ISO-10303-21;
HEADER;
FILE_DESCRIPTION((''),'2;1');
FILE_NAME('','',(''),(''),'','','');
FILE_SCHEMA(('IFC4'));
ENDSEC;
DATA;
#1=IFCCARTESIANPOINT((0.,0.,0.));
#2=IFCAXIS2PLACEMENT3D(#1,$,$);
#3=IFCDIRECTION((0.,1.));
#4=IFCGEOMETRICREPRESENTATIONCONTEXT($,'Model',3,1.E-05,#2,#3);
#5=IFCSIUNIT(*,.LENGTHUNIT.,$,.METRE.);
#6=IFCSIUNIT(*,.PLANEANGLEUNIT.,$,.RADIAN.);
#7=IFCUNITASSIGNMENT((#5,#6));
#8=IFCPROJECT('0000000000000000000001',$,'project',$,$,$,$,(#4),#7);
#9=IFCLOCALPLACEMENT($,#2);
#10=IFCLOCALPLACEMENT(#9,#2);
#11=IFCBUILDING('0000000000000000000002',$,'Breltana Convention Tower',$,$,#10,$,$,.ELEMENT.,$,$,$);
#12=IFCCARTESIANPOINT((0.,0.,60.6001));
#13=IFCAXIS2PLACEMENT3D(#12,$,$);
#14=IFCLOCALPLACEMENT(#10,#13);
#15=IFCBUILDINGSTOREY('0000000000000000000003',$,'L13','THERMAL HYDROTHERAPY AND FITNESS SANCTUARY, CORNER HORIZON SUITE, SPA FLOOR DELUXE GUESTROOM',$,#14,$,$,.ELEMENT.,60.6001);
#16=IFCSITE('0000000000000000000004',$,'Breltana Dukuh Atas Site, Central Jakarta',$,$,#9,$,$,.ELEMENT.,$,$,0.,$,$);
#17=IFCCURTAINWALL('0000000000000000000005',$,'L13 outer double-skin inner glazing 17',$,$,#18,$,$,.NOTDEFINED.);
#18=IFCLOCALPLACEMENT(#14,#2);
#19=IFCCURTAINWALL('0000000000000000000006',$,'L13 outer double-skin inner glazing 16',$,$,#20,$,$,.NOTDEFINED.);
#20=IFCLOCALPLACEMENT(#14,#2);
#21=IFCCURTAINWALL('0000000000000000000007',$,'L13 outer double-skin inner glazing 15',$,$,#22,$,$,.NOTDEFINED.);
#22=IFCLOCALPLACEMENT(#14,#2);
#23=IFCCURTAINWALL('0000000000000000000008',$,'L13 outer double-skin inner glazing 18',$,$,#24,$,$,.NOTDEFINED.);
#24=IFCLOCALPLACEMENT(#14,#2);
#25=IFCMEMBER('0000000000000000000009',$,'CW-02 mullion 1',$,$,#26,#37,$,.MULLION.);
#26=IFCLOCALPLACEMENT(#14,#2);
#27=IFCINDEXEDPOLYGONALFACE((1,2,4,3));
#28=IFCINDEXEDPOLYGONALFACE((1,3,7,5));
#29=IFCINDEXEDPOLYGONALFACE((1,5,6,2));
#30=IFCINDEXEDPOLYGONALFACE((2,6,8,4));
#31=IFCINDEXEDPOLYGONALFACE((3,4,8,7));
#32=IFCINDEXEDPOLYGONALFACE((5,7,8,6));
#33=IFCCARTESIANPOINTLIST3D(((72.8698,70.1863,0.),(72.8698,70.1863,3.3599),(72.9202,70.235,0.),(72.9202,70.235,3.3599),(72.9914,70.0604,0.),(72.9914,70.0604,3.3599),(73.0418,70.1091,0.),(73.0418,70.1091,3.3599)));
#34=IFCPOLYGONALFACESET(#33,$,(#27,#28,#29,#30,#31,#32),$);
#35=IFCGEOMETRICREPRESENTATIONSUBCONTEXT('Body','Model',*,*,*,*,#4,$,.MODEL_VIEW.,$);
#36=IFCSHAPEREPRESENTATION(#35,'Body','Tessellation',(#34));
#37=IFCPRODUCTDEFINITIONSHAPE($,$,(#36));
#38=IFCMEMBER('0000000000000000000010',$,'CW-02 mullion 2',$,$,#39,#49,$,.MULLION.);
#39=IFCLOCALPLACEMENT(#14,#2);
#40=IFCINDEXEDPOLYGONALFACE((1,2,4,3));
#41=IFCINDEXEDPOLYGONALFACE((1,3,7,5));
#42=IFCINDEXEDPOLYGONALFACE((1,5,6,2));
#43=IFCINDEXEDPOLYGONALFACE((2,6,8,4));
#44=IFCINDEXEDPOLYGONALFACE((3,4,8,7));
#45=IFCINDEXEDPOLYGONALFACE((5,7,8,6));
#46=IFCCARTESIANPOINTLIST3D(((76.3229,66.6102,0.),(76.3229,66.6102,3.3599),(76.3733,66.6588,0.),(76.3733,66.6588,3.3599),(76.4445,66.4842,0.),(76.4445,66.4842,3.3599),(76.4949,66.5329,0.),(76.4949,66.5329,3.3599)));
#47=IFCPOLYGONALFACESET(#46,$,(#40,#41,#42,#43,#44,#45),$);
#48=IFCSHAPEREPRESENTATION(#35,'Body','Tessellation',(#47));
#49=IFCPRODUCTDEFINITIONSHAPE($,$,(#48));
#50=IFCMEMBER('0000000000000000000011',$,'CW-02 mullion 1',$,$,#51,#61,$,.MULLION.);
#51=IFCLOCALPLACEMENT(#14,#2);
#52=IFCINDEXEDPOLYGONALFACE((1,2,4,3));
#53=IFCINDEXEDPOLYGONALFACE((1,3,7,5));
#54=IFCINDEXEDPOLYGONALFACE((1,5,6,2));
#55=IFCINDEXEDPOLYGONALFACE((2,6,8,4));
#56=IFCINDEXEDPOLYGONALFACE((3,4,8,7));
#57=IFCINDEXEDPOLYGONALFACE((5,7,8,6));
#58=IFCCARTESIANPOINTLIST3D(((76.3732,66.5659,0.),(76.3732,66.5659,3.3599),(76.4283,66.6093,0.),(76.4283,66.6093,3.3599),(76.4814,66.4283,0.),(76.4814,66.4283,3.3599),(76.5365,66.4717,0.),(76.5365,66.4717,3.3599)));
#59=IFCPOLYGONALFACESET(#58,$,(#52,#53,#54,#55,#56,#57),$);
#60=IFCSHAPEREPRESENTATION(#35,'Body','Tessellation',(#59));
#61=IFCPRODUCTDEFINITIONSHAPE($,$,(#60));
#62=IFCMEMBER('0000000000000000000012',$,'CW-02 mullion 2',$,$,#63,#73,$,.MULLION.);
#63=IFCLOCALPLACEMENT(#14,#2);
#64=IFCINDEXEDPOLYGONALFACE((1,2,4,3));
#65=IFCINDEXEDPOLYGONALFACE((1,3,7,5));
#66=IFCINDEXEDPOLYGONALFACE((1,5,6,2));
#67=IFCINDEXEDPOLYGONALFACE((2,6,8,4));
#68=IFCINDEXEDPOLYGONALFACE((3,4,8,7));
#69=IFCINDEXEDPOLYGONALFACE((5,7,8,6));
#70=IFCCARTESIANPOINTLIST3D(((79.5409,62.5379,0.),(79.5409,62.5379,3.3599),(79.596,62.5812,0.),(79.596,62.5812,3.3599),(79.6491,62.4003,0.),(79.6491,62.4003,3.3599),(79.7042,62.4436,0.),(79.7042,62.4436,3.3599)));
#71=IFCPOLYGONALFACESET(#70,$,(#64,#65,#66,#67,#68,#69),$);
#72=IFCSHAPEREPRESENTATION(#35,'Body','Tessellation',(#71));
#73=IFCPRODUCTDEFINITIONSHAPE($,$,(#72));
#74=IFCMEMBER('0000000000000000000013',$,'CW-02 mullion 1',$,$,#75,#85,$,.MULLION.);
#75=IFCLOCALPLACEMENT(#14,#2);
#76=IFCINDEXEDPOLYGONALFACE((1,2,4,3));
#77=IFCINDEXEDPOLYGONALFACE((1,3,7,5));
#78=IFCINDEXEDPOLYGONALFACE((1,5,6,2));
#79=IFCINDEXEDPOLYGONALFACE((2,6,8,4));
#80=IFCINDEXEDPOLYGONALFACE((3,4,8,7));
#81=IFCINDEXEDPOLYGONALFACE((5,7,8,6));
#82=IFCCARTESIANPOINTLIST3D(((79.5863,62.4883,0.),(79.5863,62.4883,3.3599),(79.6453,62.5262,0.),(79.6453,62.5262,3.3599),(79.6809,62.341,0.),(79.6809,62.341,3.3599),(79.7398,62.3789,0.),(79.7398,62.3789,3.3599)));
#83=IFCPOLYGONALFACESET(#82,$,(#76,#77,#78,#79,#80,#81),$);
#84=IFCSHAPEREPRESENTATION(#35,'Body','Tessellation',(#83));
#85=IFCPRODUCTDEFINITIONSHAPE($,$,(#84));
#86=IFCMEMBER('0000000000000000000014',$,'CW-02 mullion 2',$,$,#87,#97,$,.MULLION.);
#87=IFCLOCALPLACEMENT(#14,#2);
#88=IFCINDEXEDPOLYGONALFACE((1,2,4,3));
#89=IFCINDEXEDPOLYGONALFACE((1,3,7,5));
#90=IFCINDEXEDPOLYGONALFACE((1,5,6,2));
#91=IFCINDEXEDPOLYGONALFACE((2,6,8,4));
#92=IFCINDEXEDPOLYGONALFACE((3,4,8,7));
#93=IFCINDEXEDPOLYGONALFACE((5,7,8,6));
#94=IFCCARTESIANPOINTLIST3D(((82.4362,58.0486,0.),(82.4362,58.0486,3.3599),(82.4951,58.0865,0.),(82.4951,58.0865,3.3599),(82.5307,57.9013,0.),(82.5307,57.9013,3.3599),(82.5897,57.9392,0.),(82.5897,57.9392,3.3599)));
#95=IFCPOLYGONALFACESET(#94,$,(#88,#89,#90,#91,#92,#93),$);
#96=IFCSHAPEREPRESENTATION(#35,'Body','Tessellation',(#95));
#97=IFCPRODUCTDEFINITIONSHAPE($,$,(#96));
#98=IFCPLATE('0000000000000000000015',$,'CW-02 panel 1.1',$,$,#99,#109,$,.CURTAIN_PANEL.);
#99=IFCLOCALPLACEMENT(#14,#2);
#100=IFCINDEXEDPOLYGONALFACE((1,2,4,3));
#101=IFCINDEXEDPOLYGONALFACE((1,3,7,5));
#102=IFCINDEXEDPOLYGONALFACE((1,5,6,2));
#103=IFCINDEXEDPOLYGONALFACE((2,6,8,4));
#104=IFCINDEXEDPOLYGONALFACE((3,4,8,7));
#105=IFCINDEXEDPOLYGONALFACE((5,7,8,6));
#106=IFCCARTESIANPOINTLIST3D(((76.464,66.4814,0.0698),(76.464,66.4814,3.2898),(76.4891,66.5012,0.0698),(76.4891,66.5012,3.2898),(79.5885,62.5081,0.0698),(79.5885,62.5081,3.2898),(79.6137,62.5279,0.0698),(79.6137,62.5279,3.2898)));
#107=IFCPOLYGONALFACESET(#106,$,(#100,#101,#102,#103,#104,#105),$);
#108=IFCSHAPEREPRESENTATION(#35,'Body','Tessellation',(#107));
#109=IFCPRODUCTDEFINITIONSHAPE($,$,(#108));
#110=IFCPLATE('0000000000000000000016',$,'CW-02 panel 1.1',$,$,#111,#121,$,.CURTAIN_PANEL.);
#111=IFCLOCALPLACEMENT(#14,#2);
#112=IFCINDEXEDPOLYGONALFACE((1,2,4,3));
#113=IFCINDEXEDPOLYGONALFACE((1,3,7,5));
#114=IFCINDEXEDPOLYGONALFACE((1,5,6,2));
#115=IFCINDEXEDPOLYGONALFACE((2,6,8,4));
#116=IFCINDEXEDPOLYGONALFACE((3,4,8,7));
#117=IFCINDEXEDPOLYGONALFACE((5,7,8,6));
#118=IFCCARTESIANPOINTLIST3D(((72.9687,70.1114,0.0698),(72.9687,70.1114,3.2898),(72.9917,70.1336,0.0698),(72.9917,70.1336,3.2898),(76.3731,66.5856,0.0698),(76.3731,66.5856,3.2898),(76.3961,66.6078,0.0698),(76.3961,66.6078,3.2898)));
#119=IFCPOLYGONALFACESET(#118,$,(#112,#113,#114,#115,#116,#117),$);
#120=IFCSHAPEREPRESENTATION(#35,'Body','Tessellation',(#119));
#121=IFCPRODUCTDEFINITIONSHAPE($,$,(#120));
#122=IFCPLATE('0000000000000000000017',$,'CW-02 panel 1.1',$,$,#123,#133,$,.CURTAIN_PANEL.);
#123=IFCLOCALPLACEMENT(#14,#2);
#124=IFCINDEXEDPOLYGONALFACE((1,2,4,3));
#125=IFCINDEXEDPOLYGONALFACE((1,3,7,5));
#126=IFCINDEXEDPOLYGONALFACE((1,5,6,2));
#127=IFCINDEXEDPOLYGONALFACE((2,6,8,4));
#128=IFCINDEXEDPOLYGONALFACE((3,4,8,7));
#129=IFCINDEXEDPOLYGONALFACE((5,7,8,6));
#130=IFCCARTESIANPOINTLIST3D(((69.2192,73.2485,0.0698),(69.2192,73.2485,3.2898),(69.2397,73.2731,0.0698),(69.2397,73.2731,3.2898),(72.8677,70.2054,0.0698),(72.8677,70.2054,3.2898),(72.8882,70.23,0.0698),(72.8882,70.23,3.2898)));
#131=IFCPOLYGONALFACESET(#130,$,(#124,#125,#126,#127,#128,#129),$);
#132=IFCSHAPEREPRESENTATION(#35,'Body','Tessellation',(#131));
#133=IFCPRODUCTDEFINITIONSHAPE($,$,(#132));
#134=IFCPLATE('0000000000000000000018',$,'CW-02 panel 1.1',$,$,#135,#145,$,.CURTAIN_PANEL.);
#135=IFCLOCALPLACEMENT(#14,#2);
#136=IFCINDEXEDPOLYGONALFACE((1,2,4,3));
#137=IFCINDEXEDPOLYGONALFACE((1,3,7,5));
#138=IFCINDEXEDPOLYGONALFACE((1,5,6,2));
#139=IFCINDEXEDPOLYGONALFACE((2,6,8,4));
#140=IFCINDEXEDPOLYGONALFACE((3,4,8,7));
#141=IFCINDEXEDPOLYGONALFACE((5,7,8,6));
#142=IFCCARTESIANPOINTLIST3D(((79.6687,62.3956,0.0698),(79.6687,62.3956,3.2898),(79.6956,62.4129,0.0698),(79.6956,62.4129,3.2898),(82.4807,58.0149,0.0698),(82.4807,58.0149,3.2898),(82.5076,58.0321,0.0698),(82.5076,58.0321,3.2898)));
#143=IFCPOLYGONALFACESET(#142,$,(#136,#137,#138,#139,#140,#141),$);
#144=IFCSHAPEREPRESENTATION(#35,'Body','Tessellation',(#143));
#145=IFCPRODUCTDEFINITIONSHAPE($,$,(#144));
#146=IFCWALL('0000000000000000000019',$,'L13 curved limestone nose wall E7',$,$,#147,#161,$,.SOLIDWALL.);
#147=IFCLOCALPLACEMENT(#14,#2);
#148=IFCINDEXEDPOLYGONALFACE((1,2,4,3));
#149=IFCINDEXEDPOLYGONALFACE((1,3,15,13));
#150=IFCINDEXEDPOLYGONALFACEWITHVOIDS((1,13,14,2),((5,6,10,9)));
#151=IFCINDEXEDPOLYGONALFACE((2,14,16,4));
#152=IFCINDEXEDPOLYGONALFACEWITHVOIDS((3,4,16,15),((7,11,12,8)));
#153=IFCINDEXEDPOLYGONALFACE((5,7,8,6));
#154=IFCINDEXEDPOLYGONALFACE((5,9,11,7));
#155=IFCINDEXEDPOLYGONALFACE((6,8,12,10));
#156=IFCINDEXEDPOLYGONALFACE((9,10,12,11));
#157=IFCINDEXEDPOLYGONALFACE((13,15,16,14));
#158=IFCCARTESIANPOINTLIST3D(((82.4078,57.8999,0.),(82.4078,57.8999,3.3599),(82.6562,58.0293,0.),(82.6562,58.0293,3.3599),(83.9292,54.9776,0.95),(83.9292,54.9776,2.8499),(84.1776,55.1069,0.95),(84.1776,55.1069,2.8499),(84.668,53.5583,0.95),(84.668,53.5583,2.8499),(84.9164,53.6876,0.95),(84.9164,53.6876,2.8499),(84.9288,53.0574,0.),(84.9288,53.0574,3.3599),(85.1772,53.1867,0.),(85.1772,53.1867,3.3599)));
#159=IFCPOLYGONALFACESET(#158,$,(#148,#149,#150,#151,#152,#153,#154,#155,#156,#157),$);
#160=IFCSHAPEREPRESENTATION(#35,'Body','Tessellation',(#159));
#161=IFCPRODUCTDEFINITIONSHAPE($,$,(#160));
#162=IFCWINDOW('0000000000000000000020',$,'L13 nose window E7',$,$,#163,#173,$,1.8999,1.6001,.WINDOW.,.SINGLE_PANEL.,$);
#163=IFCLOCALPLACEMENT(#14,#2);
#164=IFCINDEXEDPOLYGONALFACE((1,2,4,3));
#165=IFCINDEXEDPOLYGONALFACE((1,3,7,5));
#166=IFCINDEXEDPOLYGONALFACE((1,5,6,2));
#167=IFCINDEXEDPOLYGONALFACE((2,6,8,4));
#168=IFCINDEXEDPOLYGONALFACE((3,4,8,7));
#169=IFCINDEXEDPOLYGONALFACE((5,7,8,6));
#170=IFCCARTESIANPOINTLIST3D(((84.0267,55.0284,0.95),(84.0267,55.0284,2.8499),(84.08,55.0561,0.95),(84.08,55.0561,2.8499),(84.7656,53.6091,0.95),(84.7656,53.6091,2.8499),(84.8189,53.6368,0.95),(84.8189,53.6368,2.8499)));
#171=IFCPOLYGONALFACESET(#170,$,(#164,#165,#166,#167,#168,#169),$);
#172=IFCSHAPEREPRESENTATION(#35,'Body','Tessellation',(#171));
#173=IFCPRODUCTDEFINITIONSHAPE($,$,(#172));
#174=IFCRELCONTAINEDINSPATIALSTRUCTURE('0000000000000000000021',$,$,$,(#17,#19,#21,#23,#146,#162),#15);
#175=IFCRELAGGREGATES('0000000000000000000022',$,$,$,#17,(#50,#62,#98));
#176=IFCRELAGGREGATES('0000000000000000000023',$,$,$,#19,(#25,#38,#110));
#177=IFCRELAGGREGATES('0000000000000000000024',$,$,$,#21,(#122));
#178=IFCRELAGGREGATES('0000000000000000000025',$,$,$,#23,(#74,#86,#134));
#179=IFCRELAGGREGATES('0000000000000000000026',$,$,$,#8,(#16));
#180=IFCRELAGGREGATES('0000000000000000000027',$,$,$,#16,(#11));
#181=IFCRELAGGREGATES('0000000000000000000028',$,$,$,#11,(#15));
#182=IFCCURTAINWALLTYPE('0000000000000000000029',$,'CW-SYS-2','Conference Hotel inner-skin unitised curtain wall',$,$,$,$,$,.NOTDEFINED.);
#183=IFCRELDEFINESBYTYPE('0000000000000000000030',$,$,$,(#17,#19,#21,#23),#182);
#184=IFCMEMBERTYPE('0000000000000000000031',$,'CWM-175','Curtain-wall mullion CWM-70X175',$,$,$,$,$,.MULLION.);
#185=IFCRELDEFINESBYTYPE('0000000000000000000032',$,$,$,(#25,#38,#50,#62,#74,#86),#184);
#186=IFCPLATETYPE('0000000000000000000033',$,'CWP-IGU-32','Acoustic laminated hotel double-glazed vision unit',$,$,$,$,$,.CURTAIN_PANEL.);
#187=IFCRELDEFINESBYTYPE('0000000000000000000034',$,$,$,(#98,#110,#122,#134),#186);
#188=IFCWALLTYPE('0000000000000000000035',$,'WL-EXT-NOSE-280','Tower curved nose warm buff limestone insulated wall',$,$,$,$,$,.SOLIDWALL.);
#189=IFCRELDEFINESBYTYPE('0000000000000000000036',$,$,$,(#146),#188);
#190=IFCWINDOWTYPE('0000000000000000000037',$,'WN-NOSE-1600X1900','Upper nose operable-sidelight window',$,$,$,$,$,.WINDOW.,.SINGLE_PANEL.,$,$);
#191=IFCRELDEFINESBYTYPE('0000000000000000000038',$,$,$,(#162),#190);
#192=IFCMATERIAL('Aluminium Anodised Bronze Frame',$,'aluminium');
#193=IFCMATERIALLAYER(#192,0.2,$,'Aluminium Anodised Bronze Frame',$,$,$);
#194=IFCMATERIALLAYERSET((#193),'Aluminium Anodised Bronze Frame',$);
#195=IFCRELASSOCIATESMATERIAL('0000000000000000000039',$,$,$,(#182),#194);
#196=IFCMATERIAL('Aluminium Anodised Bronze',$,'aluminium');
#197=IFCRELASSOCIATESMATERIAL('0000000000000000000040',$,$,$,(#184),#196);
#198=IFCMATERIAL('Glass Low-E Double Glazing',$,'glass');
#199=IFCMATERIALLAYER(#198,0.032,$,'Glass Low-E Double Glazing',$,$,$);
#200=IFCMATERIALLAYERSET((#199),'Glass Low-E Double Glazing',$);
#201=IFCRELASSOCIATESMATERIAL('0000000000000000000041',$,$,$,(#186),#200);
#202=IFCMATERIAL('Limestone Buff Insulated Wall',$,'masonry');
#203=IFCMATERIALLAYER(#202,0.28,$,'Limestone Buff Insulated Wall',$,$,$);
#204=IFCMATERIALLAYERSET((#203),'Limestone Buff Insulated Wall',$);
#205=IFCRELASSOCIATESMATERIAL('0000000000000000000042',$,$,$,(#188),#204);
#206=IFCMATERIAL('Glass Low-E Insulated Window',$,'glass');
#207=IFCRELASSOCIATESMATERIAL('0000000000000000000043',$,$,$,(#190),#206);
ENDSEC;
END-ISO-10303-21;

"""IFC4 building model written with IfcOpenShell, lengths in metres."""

from ifc_helpers import new_model, si_unit, direction, frame, frame_2d, origin, origin_2d, place, context, subcontext, project, spatial, rectangle, extrude, source, transform, mapped, material, layer, layer_set, material_profile, profile_set, type_object, type_shapes, element, fill, aggregate, save


model = new_model("IFC4")

# Units and contexts
model_context = context("Model", 3, precision=1e-05, world=origin(), true_north=direction((0.0, 1.0)))
body_context = subcontext(model_context, "Body", "Model", "MODEL_VIEW")
ifc_project = project(units=[si_unit("LENGTHUNIT", "METRE"), si_unit("PLANEANGLEUNIT", "RADIAN")], contexts=[model_context])

# Site, building, storey
site_placement = place(None, origin())
site = spatial("IfcSite", under=ifc_project, at=site_placement, Name="Breltana Dukuh Atas Site, Central Jakarta", CompositionType="ELEMENT", RefElevation=0.0)
building_placement = place(site_placement, origin())
building = spatial("IfcBuilding", under=site, at=building_placement, Name="Breltana Convention Tower", CompositionType="ELEMENT")
storey_placement = place(building_placement, frame((0.0, 0.0, 60.6001)))
storey = spatial("IfcBuildingStorey", under=building, at=storey_placement, Name="L13", Description="THERMAL HYDROTHERAPY AND FITNESS SANCTUARY, CORNER HORIZON SUITE, SPA FLOOR DELUXE GUESTROOM", CompositionType="ELEMENT", Elevation=60.6001)

# Curtain walls
ifc_material_1 = material(Name="Aluminium Anodised Bronze Frame", Category="aluminium")
ifc_layer_1 = layer(ifc_material_1, 0.2, Name="Aluminium Anodised Bronze Frame")
ifc_layer_set_1 = layer_set([ifc_layer_1], Name="Aluminium Anodised Bronze Frame")
curtain_wall_type = type_object("IfcCurtainWallType", Name="CW-SYS-2", Description="Conference Hotel inner-skin unitised curtain wall", PredefinedType="NOTDEFINED", material=ifc_layer_set_1)
curtain_wall_1_placement = place(storey_placement, origin())
curtain_wall_1 = element("IfcCurtainWall", 1, at=curtain_wall_1_placement, inside=storey, type_object=curtain_wall_type, Name="L13 outer double-skin inner glazing 17", PredefinedType="NOTDEFINED")
ifc_material_2 = material(Name="Aluminium Anodised Bronze", Category="aluminium")
curtain_wall_2_placement = place(storey_placement, origin())
curtain_wall_2 = element("IfcCurtainWall", 2, at=curtain_wall_2_placement, inside=storey, type_object=curtain_wall_type, Name="L13 outer double-skin inner glazing 16", PredefinedType="NOTDEFINED")

# Curtain wall
curtain_wall_3_placement = place(storey_placement, origin())
curtain_wall_3 = element("IfcCurtainWall", 3, at=curtain_wall_3_placement, inside=storey, type_object=curtain_wall_type, Name="L13 outer double-skin inner glazing 15", PredefinedType="NOTDEFINED")

# Curtain wall
curtain_wall_4_placement = place(storey_placement, origin())
curtain_wall_4 = element("IfcCurtainWall", 4, at=curtain_wall_4_placement, inside=storey, type_object=curtain_wall_type, Name="L13 outer double-skin inner glazing 18", PredefinedType="NOTDEFINED")

# Members
ifc_material_profile_1 = material_profile(ifc_material_2, rectangle(XDim=0.0701, YDim=0.175, at=origin_2d()), Name="CWM-70X175")
ifc_profile_set_1 = profile_set([ifc_material_profile_1], Name="Aluminium Anodised Bronze")
member_type_1 = type_object("IfcMemberType", Name="CWM-175", Description="Curtain-wall mullion CWM-70X175", PredefinedType="MULLION", material=ifc_profile_set_1)
shared_shape_1 = source(origin(), body_context, "Body", "SweptSolid", [
    extrude(rectangle(XDim=0.0701, YDim=0.175, at=origin_2d()), origin(), (0.0, 0.0, 1.0), 3.3599),
])
member_1_placement = place(storey_placement, frame((72.9558, 70.1477, 0.0), z_axis=(0.0, 0.0, 1.0), x_axis=(0.719386, 0.69461, 0.0)))
member_1 = element("IfcMember", 5, at=member_1_placement, type_object=member_type_1, Name="CW-02 mullion 1", PredefinedType="MULLION", context=body_context, shape_type="MappedRepresentation", body=[
    mapped(shared_shape_1, transform((0.0, 0.0, 0.0), scale=1.0)),
])
member_2_placement = place(storey_placement, frame((76.4089, 66.5715, 0.0), z_axis=(0.0, 0.0, 1.0), x_axis=(0.719386, 0.69461, 0.0)))
member_2 = element("IfcMember", 6, at=member_2_placement, type_object=member_type_1, Name="CW-02 mullion 2", PredefinedType="MULLION", context=body_context, shape_type="MappedRepresentation", body=[
    mapped(shared_shape_1, transform((0.0, 0.0, 0.0), scale=1.0)),
])
member_3_placement = place(storey_placement, frame((76.4548, 66.5188, 0.0), z_axis=(0.0, 0.0, 1.0), x_axis=(0.786057, 0.618154, 0.0)))
member_3 = element("IfcMember", 7, at=member_3_placement, type_object=member_type_1, Name="CW-02 mullion 1", PredefinedType="MULLION", context=body_context, shape_type="MappedRepresentation", body=[
    mapped(shared_shape_1, transform((0.0, 0.0, 0.0), scale=1.0)),
])
member_4_placement = place(storey_placement, frame((79.6226, 62.4907, 0.0), z_axis=(0.0, 0.0, 1.0), x_axis=(0.786057, 0.618154, 0.0)))
member_4 = element("IfcMember", 8, at=member_4_placement, type_object=member_type_1, Name="CW-02 mullion 2", PredefinedType="MULLION", context=body_context, shape_type="MappedRepresentation", body=[
    mapped(shared_shape_1, transform((0.0, 0.0, 0.0), scale=1.0)),
])
member_5_placement = place(storey_placement, frame((79.6631, 62.4336, 0.0), z_axis=(0.0, 0.0, 1.0), x_axis=(0.841549, 0.540181, 0.0)))
member_5 = element("IfcMember", 9, at=member_5_placement, type_object=member_type_1, Name="CW-02 mullion 1", PredefinedType="MULLION", context=body_context, shape_type="MappedRepresentation", body=[
    mapped(shared_shape_1, transform((0.0, 0.0, 0.0), scale=1.0)),
])
member_6_placement = place(storey_placement, frame((82.5129, 57.9939, 0.0), z_axis=(0.0, 0.0, 1.0), x_axis=(0.841549, 0.540181, 0.0)))
member_6 = element("IfcMember", 10, at=member_6_placement, type_object=member_type_1, Name="CW-02 mullion 2", PredefinedType="MULLION", context=body_context, shape_type="MappedRepresentation", body=[
    mapped(shared_shape_1, transform((0.0, 0.0, 0.0), scale=1.0)),
])

# Plates
ifc_material_3 = material(Name="Glass Low-E Double Glazing", Category="glass")
ifc_layer_2 = layer(ifc_material_3, 0.032, Name="Glass Low-E Double Glazing")
ifc_layer_set_2 = layer_set([ifc_layer_2], Name="Glass Low-E Double Glazing")
plate_type = type_object("IfcPlateType", Name="CWP-IGU-32", Description="Acoustic laminated hotel double-glazed vision unit", PredefinedType="CURTAIN_PANEL", material=ifc_layer_set_2)
shared_shape_2 = source(origin(), body_context, "Body", "SweptSolid", [
    extrude(rectangle(XDim=5.0547, YDim=0.032, at=origin_2d()), origin(), (0.0, 0.0, 1.0), 3.22),
])
plate_1_placement = place(storey_placement, frame((78.0388, 64.5046, 0.0698), z_axis=(0.0, 0.0, 1.0), x_axis=(0.618154, -0.786057, 0.0)))
plate_1 = element("IfcPlate", 11, at=plate_1_placement, type_object=plate_type, Name="CW-02 panel 1.1", PredefinedType="CURTAIN_PANEL", context=body_context, shape_type="MappedRepresentation", body=[
    mapped(shared_shape_2, transform((0.0, 0.0, 0.0), scale=1.0)),
])
aggregate(curtain_wall_1, [member_3, member_4, plate_1])
shared_shape_3 = source(origin(), body_context, "Body", "SweptSolid", [
    extrude(rectangle(XDim=4.9011, YDim=0.032, at=origin_2d()), origin(), (0.0, 0.0, 1.0), 3.22),
])
plate_2_placement = place(storey_placement, frame((74.6824, 68.3596, 0.0698), z_axis=(0.0, 0.0, 1.0), x_axis=(0.69461, -0.719386, 0.0)))
plate_2 = element("IfcPlate", 12, at=plate_2_placement, type_object=plate_type, Name="CW-02 panel 1.1", PredefinedType="CURTAIN_PANEL", context=body_context, shape_type="MappedRepresentation", body=[
    mapped(shared_shape_3, transform((0.0, 0.0, 0.0), scale=1.0)),
])
aggregate(curtain_wall_2, [member_1, member_2, plate_2])
shared_shape_4 = source(origin(), body_context, "Body", "SweptSolid", [
    extrude(rectangle(XDim=4.751, YDim=0.032, at=origin_2d()), origin(), (0.0, 0.0, 1.0), 3.22),
])
plate_3_placement = place(storey_placement, frame((71.0537, 71.7393, 0.0698), z_axis=(0.0, 0.0, 1.0), x_axis=(0.767941, -0.64052, 0.0)))
plate_3 = element("IfcPlate", 13, at=plate_3_placement, type_object=plate_type, Name="CW-02 panel 1.1", PredefinedType="CURTAIN_PANEL", context=body_context, shape_type="MappedRepresentation", body=[
    mapped(shared_shape_4, transform((0.0, 0.0, 0.0), scale=1.0)),
])
aggregate(curtain_wall_3, [plate_3])
shared_shape_5 = source(origin(), body_context, "Body", "SweptSolid", [
    extrude(rectangle(XDim=5.2056, YDim=0.032, at=origin_2d()), origin(), (0.0, 0.0, 1.0), 3.22),
])
plate_4_placement = place(storey_placement, frame((81.0881, 60.2139, 0.0698), z_axis=(0.0, 0.0, 1.0), x_axis=(0.540181, -0.841549, 0.0)))
plate_4 = element("IfcPlate", 14, at=plate_4_placement, type_object=plate_type, Name="CW-02 panel 1.1", PredefinedType="CURTAIN_PANEL", context=body_context, shape_type="MappedRepresentation", body=[
    mapped(shared_shape_5, transform((0.0, 0.0, 0.0), scale=1.0)),
])
aggregate(curtain_wall_4, [member_5, member_6, plate_4])

# Wall, opening, window
ifc_material_4 = material(Name="Limestone Buff Insulated Wall", Category="masonry")
ifc_layer_3 = layer(ifc_material_4, 0.28, Name="Limestone Buff Insulated Wall")
ifc_layer_set_3 = layer_set([ifc_layer_3], Name="Limestone Buff Insulated Wall")
wall_type_1 = type_object("IfcWallType", Name="WL-EXT-NOSE-280", Description="Tower curved nose warm buff limestone insulated wall", PredefinedType="SOLIDWALL", material=ifc_layer_set_3)
shared_shape_6 = source(origin(), body_context, "Body", "SweptSolid", [
    extrude(rectangle(XDim=5.4595, YDim=0.28, at=frame_2d((2.7297, 0.0))), origin(), (0.0, 0.0, 1.0), 3.3599),
])
wall_1_placement = place(storey_placement, frame((82.532, 57.9646, 0.0), z_axis=(0.0, 0.0, 1.0), x_axis=(0.461768, -0.887001, 0.0)))
wall_1 = element("IfcWall", 15, at=wall_1_placement, inside=storey, type_object=wall_type_1, Name="L13 curved limestone nose wall E7", PredefinedType="SOLIDWALL", context=body_context, shape_type="MappedRepresentation", body=[
    mapped(shared_shape_6, transform((0.0, 0.0, 0.0), scale=1.0)),
])
opening_placement = place(wall_1_placement, frame((3.2947, 0.0, 0.95)))
opening = element("IfcOpeningElement", 16, at=opening_placement, cuts=wall_1, PredefinedType="OPENING", context=body_context, shape_type="SweptSolid", body=[
    extrude(rectangle(XDim=1.6001, YDim=1.8999, at=frame_2d((0.8, 0.95))), frame((0.0, 0.1499, 0.0), z_axis=(0.0, -1.0, 0.0), x_axis=(1.0, 0.0, 0.0)), (0.0, 0.0, 1.0), 0.3),
])
ifc_material_5 = material(Name="Glass Low-E Insulated Window", Category="glass")
window_type = type_object("IfcWindowType", Name="WN-NOSE-1600X1900", Description="Upper nose operable-sidelight window", PartitioningType="SINGLE_PANEL", PredefinedType="WINDOW", material=ifc_material_5)
shared_shape_7 = source(origin(), body_context, "Body", "SweptSolid", [
    extrude(rectangle(XDim=1.6001, YDim=1.8999, at=frame_2d((0.8, 0.95))), frame((0.0, 0.03, 0.0), z_axis=(0.0, -1.0, 0.0), x_axis=(1.0, 0.0, 0.0)), (0.0, 0.0, 1.0), 0.0601),
])
type_shapes(window_type, [shared_shape_7])
window_placement = place(opening_placement, origin())
window = element("IfcWindow", 17, at=window_placement, inside=storey, type_object=window_type, Name="L13 nose window E7", OverallHeight=1.8999, OverallWidth=1.6001, PartitioningType="SINGLE_PANEL", PredefinedType="WINDOW", context=body_context, shape_type="MappedRepresentation", body=[
    mapped(shared_shape_7, transform((0.0, 0.0, 0.0), scale=1.0)),
])
fill(opening, window)

save(model, "model.ifc")
